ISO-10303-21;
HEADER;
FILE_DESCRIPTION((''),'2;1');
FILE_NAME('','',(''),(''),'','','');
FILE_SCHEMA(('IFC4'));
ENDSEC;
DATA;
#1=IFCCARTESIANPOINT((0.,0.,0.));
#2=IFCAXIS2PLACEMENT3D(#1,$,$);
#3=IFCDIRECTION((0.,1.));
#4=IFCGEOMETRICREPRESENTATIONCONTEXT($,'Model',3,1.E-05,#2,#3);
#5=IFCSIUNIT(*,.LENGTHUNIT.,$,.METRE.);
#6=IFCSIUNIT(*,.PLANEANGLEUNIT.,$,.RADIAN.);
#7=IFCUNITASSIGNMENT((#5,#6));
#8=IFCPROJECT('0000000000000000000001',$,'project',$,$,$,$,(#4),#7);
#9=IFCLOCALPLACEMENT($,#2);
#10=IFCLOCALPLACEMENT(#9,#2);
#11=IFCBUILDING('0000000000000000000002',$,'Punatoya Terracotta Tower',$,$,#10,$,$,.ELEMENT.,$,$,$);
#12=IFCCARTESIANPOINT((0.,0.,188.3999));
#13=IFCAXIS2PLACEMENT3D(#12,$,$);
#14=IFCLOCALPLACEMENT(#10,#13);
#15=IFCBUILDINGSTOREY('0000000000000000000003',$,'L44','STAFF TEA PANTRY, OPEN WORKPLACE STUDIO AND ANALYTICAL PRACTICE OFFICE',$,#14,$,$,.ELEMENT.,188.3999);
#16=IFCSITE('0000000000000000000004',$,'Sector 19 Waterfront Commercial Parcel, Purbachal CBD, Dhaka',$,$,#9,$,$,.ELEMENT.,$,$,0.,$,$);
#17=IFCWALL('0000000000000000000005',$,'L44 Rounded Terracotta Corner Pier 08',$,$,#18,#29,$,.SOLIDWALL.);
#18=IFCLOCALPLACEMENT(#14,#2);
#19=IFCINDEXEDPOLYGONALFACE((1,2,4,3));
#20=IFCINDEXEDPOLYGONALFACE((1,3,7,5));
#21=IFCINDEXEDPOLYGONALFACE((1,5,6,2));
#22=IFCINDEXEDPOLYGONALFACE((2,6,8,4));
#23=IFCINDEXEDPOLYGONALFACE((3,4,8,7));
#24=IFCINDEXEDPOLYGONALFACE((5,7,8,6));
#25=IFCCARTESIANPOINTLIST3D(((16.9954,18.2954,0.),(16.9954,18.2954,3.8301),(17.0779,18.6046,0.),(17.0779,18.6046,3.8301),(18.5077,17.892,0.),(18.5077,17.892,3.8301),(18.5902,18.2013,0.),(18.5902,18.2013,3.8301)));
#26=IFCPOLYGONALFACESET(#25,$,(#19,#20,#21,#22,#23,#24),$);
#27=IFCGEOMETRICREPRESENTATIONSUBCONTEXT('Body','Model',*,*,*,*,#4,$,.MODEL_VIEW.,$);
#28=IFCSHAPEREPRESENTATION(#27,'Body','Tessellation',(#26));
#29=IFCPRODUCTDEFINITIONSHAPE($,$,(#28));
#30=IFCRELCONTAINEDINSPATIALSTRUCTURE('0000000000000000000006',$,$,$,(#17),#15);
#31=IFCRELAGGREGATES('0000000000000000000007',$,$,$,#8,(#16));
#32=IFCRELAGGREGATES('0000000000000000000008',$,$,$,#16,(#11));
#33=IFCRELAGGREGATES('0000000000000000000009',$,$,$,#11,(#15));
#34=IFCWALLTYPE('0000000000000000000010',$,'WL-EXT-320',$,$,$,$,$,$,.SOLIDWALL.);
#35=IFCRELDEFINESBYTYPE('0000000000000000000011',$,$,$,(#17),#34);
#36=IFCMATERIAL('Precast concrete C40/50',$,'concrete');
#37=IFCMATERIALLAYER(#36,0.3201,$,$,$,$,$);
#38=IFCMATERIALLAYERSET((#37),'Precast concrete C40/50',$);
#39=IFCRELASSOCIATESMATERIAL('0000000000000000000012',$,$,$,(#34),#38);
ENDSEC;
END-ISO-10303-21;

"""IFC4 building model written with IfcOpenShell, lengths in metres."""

from ifc_helpers import new_model, si_unit, direction, frame, frame_2d, origin, place, context, subcontext, project, spatial, rectangle, extrude, material, layer, layer_set, type_object, element, save


model = new_model("IFC4")

# Units and contexts
model_context = context("Model", 3, precision=1e-05, world=origin(), true_north=direction((0.0, 1.0)))
body_context = subcontext(model_context, "Body", "Model", "MODEL_VIEW")
ifc_project = project(units=[si_unit("LENGTHUNIT", "METRE"), si_unit("PLANEANGLEUNIT", "RADIAN")], contexts=[model_context])

# Site, building, storey
site_placement = place(None, origin())
site = spatial("IfcSite", under=ifc_project, at=site_placement, Name="Sector 19 Waterfront Commercial Parcel, Purbachal CBD, Dhaka", CompositionType="ELEMENT", RefElevation=0.0)
building_placement = place(site_placement, origin())
building = spatial("IfcBuilding", under=site, at=building_placement, Name="Punatoya Terracotta Tower", CompositionType="ELEMENT")
storey_placement = place(building_placement, frame((0.0, 0.0, 188.3999)))
storey = spatial("IfcBuildingStorey", under=building, at=storey_placement, Name="L44", Description="STAFF TEA PANTRY, OPEN WORKPLACE STUDIO AND ANALYTICAL PRACTICE OFFICE", CompositionType="ELEMENT", Elevation=188.3999)

# Wall
ifc_material_1 = material(Name="Precast concrete C40/50", Category="concrete")
ifc_layer_1 = layer(ifc_material_1, 0.3201)
ifc_layer_set_1 = layer_set([ifc_layer_1], Name="Precast concrete C40/50")
wall_type_1 = type_object("IfcWallType", Name="WL-EXT-320", PredefinedType="SOLIDWALL", material=ifc_layer_set_1)
wall_1_placement = place(storey_placement, frame((18.5491, 18.0466, 0.0), z_axis=(0.0, 0.0, 1.0), x_axis=(-0.966225, 0.257701, 0.0)))
element("IfcWall", 1, at=wall_1_placement, inside=storey, type_object=wall_type_1, Name="L44 Rounded Terracotta Corner Pier 08", PredefinedType="SOLIDWALL", context=body_context, shape_type="SweptSolid", body=[
    extrude(rectangle(XDim=1.5652, YDim=0.3201, at=frame_2d((0.7827, 0.0))), origin(), (0.0, 0.0, 1.0), 3.8301),
])

save(model, "model.ifc")
